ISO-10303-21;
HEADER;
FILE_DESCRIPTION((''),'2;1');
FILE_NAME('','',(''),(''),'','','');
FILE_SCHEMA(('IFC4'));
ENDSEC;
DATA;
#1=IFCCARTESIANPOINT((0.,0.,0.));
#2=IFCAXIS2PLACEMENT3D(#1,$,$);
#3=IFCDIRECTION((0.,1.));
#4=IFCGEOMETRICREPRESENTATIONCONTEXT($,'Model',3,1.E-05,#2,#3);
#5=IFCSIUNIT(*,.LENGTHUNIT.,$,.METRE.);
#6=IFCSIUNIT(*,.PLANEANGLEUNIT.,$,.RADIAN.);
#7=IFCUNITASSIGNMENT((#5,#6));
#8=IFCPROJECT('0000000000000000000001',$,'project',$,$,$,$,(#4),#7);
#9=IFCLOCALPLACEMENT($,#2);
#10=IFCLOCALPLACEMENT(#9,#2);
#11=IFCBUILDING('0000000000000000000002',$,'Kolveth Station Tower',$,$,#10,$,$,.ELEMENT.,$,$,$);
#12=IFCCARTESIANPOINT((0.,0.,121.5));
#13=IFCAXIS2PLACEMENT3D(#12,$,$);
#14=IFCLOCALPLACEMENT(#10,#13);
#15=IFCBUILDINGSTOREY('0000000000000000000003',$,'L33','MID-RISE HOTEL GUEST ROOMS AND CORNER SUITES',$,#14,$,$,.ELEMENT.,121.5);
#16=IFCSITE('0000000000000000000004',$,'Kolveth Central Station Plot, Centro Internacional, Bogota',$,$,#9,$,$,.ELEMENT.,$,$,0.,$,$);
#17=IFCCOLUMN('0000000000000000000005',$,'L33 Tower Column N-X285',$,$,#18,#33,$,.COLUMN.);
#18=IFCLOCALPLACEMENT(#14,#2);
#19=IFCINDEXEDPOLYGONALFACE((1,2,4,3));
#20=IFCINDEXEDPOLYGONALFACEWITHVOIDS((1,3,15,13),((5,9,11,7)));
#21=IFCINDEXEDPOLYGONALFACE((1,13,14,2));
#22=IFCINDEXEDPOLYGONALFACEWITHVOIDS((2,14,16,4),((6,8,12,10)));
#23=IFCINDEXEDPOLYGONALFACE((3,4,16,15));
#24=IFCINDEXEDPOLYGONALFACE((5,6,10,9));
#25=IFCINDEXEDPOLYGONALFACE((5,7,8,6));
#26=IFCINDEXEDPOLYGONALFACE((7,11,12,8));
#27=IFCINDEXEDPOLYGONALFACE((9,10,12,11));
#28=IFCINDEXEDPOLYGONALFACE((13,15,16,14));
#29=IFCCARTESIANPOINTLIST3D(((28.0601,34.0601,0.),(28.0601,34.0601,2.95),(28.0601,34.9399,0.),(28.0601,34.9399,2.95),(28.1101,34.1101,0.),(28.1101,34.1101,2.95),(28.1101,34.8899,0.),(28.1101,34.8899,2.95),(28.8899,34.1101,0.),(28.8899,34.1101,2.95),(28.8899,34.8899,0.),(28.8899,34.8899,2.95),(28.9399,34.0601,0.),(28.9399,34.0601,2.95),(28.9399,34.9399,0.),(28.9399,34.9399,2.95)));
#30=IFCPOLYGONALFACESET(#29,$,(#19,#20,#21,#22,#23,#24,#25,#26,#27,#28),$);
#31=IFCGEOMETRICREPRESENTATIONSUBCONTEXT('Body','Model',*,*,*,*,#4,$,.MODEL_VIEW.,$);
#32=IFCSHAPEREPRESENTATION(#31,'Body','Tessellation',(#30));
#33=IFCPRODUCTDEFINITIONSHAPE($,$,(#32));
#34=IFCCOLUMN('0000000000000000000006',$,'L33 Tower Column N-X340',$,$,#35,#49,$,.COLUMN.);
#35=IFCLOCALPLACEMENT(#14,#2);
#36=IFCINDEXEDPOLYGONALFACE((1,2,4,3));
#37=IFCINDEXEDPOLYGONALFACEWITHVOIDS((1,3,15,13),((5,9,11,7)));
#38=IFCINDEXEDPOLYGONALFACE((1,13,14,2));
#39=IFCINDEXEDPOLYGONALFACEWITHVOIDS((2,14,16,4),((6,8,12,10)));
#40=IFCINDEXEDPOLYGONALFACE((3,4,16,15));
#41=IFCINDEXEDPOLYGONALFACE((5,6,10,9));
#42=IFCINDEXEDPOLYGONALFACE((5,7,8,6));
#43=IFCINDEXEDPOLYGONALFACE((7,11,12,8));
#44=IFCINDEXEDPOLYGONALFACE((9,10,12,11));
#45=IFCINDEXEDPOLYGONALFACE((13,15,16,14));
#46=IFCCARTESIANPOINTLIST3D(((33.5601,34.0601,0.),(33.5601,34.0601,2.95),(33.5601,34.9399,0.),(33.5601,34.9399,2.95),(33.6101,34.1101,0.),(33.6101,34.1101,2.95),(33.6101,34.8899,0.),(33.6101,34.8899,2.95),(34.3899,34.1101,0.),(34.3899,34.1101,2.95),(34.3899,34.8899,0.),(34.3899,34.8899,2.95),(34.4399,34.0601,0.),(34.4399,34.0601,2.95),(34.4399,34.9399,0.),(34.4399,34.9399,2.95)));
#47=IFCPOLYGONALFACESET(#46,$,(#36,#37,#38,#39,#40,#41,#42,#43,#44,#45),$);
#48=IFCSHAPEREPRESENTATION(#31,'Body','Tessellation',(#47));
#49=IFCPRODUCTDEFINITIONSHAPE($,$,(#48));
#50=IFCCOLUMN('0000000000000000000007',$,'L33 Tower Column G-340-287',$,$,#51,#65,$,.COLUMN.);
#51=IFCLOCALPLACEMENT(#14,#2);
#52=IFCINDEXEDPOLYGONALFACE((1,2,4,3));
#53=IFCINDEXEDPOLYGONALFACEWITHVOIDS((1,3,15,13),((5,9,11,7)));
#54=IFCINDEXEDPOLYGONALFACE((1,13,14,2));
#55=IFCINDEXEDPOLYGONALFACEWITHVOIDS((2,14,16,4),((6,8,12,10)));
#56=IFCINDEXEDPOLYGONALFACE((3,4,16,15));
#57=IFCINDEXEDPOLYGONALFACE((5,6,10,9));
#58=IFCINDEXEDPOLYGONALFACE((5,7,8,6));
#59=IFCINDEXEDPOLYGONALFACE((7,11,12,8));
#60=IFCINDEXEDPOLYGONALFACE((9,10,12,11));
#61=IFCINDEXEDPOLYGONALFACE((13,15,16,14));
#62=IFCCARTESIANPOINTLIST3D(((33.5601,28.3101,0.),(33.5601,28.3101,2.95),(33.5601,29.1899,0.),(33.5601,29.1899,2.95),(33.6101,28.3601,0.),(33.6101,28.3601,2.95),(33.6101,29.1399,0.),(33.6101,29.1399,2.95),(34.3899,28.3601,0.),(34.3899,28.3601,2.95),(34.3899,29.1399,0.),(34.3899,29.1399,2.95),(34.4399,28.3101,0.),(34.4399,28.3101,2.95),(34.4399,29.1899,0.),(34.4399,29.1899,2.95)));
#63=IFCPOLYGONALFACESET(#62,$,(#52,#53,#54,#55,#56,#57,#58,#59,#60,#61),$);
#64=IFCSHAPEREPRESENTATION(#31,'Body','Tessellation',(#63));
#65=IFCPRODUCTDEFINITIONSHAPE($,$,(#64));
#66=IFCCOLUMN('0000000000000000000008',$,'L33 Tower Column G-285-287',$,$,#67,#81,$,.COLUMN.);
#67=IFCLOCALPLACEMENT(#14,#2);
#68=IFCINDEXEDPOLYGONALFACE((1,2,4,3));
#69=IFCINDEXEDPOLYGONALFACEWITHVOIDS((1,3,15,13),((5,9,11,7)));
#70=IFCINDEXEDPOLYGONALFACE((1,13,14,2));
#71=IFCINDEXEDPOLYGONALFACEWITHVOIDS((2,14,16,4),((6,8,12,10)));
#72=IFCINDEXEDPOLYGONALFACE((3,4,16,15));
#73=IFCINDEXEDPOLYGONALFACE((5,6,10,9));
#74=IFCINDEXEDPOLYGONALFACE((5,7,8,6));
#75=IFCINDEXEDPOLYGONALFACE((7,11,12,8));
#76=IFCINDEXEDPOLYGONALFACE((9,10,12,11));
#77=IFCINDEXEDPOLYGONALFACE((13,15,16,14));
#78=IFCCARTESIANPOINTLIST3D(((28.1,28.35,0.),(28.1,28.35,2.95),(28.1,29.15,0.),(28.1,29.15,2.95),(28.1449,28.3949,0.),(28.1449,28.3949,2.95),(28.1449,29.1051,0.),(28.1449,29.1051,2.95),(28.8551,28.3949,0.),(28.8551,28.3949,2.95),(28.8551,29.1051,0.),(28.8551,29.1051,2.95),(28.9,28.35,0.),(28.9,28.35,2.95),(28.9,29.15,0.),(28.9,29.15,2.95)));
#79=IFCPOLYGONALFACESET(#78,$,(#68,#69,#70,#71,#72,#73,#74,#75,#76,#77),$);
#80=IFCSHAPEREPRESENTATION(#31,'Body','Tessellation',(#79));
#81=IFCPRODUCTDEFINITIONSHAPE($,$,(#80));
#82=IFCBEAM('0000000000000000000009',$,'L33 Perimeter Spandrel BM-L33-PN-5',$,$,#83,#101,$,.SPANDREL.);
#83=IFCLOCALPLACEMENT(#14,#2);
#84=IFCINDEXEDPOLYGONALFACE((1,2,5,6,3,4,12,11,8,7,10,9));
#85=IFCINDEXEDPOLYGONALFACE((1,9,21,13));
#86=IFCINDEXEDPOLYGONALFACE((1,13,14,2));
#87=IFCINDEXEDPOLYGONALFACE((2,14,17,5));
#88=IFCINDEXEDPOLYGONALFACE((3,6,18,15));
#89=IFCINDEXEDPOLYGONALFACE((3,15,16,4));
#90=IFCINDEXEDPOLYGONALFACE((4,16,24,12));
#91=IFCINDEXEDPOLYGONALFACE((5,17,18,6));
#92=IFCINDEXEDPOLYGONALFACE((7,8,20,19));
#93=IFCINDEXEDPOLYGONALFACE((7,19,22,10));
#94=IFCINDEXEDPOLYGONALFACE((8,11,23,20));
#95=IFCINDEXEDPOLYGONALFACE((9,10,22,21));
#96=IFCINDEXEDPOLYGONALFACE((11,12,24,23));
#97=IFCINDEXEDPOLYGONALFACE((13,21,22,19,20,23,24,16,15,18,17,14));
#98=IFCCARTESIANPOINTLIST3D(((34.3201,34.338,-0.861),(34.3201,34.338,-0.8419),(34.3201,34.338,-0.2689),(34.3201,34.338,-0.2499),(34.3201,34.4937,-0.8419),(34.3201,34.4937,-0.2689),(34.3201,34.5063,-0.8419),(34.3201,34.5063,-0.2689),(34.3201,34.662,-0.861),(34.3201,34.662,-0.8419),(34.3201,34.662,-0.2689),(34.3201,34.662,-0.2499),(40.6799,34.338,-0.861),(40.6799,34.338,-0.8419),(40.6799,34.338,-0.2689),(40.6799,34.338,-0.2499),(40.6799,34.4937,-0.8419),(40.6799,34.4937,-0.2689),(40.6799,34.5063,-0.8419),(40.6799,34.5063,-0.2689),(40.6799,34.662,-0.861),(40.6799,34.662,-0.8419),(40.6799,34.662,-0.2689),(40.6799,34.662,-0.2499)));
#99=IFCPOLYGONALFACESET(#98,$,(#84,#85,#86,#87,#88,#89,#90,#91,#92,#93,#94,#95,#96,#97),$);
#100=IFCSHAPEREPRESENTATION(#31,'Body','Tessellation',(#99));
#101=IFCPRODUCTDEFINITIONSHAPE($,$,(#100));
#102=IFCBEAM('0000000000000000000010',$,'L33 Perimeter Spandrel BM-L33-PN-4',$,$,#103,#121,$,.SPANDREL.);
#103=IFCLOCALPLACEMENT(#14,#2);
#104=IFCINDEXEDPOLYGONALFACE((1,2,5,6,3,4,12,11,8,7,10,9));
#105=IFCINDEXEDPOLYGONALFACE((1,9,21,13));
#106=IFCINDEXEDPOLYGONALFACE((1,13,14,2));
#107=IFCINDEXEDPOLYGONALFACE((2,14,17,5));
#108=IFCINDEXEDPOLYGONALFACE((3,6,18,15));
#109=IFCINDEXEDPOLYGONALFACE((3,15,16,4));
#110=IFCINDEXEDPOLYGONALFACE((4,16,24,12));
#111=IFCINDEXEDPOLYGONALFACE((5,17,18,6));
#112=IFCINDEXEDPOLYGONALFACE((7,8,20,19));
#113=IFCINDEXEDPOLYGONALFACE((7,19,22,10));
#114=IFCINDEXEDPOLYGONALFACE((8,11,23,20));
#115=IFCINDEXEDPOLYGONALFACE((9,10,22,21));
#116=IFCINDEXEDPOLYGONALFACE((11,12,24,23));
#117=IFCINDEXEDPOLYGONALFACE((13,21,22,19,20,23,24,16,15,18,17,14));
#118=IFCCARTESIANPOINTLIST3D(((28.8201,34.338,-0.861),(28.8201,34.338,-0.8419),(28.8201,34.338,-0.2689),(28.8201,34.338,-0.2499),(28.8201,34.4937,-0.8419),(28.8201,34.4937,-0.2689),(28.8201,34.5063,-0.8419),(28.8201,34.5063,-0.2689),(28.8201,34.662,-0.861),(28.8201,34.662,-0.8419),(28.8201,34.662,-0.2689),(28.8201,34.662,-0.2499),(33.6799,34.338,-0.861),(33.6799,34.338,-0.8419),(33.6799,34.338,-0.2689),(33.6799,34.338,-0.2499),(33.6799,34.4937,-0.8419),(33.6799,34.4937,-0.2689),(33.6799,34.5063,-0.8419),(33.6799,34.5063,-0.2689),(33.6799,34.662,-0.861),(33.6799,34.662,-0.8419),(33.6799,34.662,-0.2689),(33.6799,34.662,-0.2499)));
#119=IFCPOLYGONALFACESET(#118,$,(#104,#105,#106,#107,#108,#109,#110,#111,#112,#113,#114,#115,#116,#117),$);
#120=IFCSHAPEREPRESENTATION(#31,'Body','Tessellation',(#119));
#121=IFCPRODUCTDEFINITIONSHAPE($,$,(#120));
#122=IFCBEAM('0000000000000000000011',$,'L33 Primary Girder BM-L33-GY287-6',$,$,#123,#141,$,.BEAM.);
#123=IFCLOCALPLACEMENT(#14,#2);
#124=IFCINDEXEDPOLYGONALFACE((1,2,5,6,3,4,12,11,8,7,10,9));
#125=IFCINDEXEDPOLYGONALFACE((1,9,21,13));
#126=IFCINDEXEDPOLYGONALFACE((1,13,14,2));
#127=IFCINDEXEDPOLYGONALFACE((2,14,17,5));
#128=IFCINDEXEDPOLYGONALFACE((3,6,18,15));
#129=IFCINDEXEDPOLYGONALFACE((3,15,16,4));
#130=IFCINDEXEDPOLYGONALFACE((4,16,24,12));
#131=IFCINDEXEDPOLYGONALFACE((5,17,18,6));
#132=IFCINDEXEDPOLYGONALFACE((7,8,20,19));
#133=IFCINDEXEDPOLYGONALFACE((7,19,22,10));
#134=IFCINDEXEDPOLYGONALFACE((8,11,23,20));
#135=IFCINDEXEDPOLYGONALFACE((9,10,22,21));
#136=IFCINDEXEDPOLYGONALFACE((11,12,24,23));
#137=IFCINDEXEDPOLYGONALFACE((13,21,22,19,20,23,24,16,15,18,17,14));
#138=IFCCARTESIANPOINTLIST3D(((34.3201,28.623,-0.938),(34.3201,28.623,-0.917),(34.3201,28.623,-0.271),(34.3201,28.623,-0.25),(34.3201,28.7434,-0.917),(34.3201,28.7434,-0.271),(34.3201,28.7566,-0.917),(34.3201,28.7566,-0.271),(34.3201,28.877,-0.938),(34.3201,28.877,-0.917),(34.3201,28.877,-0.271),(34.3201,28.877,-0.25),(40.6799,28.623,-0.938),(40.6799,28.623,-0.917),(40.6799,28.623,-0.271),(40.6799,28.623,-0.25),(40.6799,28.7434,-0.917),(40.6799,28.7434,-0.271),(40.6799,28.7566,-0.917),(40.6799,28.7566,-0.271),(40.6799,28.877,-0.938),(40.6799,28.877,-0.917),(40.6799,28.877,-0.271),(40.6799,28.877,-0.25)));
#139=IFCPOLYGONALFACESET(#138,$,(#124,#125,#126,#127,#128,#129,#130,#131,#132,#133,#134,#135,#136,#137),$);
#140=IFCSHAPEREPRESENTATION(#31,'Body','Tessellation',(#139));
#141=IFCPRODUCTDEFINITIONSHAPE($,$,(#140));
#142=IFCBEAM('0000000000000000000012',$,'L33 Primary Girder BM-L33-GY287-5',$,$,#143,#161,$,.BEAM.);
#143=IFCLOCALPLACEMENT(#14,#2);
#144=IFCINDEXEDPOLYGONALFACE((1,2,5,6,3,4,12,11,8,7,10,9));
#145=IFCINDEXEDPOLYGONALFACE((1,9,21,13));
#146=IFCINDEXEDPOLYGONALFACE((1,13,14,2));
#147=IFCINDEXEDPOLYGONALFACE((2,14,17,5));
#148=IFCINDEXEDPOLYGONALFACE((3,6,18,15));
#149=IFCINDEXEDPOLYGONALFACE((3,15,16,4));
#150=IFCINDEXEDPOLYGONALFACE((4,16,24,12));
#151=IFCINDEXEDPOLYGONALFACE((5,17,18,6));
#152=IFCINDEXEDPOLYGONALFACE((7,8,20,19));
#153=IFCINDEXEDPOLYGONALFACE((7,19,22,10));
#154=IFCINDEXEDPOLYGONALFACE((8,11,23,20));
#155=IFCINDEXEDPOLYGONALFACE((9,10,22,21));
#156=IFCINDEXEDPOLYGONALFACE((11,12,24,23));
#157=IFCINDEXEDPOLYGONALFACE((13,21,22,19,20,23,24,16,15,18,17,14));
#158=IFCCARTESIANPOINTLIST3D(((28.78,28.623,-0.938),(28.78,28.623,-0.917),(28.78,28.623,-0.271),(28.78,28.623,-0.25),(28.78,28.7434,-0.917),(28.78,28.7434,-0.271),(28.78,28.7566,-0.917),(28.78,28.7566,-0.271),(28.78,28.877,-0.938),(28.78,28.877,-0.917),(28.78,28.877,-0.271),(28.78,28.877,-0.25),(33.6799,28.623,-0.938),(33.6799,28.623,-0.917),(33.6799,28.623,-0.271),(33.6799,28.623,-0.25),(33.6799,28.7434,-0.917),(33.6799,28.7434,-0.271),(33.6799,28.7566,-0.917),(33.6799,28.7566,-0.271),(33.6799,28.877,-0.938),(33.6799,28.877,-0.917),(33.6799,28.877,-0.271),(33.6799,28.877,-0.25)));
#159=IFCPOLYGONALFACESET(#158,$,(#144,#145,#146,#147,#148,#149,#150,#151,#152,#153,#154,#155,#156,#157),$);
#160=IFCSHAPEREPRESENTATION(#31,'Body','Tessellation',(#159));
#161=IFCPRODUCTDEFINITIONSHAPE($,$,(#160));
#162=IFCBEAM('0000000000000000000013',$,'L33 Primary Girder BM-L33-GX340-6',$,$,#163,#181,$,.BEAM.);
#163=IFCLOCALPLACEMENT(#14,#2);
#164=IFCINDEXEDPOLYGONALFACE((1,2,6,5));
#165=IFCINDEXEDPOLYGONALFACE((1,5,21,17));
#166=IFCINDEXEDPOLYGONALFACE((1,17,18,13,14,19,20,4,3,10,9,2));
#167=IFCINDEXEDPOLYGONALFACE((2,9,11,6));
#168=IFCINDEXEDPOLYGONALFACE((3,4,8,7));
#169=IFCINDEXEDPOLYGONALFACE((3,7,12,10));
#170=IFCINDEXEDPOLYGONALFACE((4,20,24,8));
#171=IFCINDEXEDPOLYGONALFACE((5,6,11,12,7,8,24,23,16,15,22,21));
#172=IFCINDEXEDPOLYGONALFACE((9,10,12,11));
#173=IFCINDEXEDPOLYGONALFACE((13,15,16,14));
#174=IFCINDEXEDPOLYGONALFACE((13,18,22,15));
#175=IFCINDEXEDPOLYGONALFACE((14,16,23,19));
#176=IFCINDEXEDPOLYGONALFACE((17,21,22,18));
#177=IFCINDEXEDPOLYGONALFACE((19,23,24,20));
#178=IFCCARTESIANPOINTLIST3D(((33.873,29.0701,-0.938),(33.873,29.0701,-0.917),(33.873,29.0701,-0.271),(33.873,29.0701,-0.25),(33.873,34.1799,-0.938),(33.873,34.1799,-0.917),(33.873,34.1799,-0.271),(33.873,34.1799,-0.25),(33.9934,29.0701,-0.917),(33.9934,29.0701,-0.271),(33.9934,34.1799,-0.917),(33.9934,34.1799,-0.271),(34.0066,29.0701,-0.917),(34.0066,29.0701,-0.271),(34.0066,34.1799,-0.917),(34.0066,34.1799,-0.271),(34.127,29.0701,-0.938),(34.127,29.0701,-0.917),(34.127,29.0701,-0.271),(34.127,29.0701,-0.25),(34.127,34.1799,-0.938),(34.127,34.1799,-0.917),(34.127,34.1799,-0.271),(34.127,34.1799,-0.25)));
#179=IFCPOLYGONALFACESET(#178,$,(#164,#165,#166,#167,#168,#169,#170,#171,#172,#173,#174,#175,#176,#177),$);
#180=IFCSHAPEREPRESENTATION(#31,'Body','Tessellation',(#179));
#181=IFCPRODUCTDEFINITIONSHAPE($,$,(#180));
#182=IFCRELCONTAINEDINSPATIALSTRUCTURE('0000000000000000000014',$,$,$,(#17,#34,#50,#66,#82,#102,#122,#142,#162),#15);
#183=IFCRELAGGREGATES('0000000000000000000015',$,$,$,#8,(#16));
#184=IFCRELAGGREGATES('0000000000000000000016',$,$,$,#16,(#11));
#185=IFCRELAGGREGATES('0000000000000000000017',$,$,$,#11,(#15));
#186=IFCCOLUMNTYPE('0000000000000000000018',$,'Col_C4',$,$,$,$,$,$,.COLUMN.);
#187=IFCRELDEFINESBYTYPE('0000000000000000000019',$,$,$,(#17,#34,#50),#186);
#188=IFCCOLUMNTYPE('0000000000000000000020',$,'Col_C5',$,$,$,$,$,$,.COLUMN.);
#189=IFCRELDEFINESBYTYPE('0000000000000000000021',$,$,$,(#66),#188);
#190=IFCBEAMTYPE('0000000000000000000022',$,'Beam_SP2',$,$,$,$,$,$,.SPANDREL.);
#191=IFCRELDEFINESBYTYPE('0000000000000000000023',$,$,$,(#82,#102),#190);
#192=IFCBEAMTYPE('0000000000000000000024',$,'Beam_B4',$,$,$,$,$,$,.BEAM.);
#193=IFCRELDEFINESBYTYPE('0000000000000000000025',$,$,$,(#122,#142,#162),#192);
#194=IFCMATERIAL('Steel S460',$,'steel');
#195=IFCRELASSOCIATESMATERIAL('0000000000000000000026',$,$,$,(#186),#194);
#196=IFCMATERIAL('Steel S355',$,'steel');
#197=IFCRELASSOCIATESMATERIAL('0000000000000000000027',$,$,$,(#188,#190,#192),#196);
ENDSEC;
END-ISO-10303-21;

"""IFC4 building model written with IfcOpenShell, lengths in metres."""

from ifc_helpers import new_model, si_unit, direction, frame, origin, origin_2d, place, context, subcontext, project, spatial, hollow_rectangle, i_section, extrude, source, transform, mapped, material, material_profile, profile_set, type_object, element, save


model = new_model("IFC4")

# Units and contexts
model_context = context("Model", 3, precision=1e-05, world=origin(), true_north=direction((0.0, 1.0)))
body_context = subcontext(model_context, "Body", "Model", "MODEL_VIEW")
ifc_project = project(units=[si_unit("LENGTHUNIT", "METRE"), si_unit("PLANEANGLEUNIT", "RADIAN")], contexts=[model_context])

# Site, building, storey
site_placement = place(None, origin())
site = spatial("IfcSite", under=ifc_project, at=site_placement, Name="Kolveth Central Station Plot, Centro Internacional, Bogota", CompositionType="ELEMENT", RefElevation=0.0)
building_placement = place(site_placement, origin())
building = spatial("IfcBuilding", under=site, at=building_placement, Name="Kolveth Station Tower", CompositionType="ELEMENT")
storey_placement = place(building_placement, frame((0.0, 0.0, 121.5)))
storey = spatial("IfcBuildingStorey", under=building, at=storey_placement, Name="L33", Description="MID-RISE HOTEL GUEST ROOMS AND CORNER SUITES", CompositionType="ELEMENT", Elevation=121.5)

# Columns
ifc_material_1 = material(Name="Steel S460", Category="steel")
ifc_material_profile_1 = material_profile(ifc_material_1, hollow_rectangle(XDim=0.8799, YDim=0.8799, WallThickness=0.05, at=origin_2d()), Name="BOX880x880x50")
ifc_profile_set_1 = profile_set([ifc_material_profile_1], Name="Steel S460")
column_type_1 = type_object("IfcColumnType", Name="Col_C4", PredefinedType="COLUMN", material=ifc_profile_set_1)
shared_shape_1 = source(origin(), body_context, "Body", "SweptSolid", [
    extrude(hollow_rectangle(XDim=0.8799, YDim=0.8799, WallThickness=0.05, at=origin_2d()), origin(), (0.0, 0.0, 1.0), 2.95),
])
for number, where, z_axis, x_axis, name in (
    (1, (28.5, 34.5, 0.0), (0.0, 0.0, 1.0), (1.0, 0.0, 0.0), "L33 Tower Column N-X285"),
    (2, (34.0, 34.5, 0.0), (0.0, 0.0, 1.0), (1.0, 0.0, 0.0), "L33 Tower Column N-X340"),
    (3, (34.0, 28.75, 0.0), (0.0, 0.0, 1.0), (1.0, 0.0, 0.0), "L33 Tower Column G-340-287"),
):
    element("IfcColumn", number, at=place(storey_placement, frame(where, z_axis=z_axis, x_axis=x_axis)), inside=storey, type_object=column_type_1, Name=name, PredefinedType="COLUMN", context=body_context, shape_type="MappedRepresentation", body=[
        mapped(shared_shape_1, transform((0.0, 0.0, 0.0), x_axis=(1.0, 0.0, 0.0), y_axis=(0.0, 1.0, 0.0), z_axis=(0.0, 0.0, 1.0), scale=1.0)),
    ])
ifc_material_2 = material(Name="Steel S355", Category="steel")
ifc_material_profile_2 = material_profile(ifc_material_2, hollow_rectangle(XDim=0.8, YDim=0.8, WallThickness=0.0449, at=origin_2d()), Name="BOX800x800x45")
ifc_profile_set_2 = profile_set([ifc_material_profile_2], Name="Steel S355")
column_type_2 = type_object("IfcColumnType", Name="Col_C5", PredefinedType="COLUMN", material=ifc_profile_set_2)
shared_shape_2 = source(origin(), body_context, "Body", "SweptSolid", [
    extrude(hollow_rectangle(XDim=0.8, YDim=0.8, WallThickness=0.0449, at=origin_2d()), origin(), (0.0, 0.0, 1.0), 2.95),
])
column_placement = place(storey_placement, frame((28.5, 28.75, 0.0), z_axis=(0.0, 0.0, 1.0), x_axis=(1.0, 0.0, 0.0)))
element("IfcColumn", 4, at=column_placement, inside=storey, type_object=column_type_2, Name="L33 Tower Column G-285-287", PredefinedType="COLUMN", context=body_context, shape_type="MappedRepresentation", body=[
    mapped(shared_shape_2, transform((0.0, 0.0, 0.0), x_axis=(1.0, 0.0, 0.0), y_axis=(0.0, 1.0, 0.0), z_axis=(0.0, 0.0, 1.0), scale=1.0)),
])

# Beams
ifc_material_profile_3 = material_profile(ifc_material_2, i_section(OverallWidth=0.324, OverallDepth=0.6111, WebThickness=0.0127, FlangeThickness=0.019, at=origin_2d()), Name="W610x155")
ifc_profile_set_3 = profile_set([ifc_material_profile_3], Name="Steel S355")
beam_type_1 = type_object("IfcBeamType", Name="Beam_SP2", PredefinedType="SPANDREL", material=ifc_profile_set_3)
shared_shape_3 = source(origin(), body_context, "Body", "SweptSolid", [
    extrude(i_section(OverallWidth=0.324, OverallDepth=0.6111, WebThickness=0.0127, FlangeThickness=0.019, at=origin_2d()), origin(), (0.0, 0.0, 1.0), 6.3599),
])
beam_1_placement = place(storey_placement, frame((34.3201, 34.5, -0.5554), z_axis=(1.0, 0.0, 0.0), x_axis=(0.0, 1.0, 0.0)))
element("IfcBeam", 5, at=beam_1_placement, inside=storey, type_object=beam_type_1, Name="L33 Perimeter Spandrel BM-L33-PN-5", PredefinedType="SPANDREL", context=body_context, shape_type="MappedRepresentation", body=[
    mapped(shared_shape_3, transform((0.0, 0.0, 0.0), x_axis=(1.0, 0.0, 0.0), y_axis=(0.0, 1.0, 0.0), z_axis=(0.0, 0.0, 1.0), scale=1.0)),
])
shared_shape_4 = source(origin(), body_context, "Body", "SweptSolid", [
    extrude(i_section(OverallWidth=0.324, OverallDepth=0.6111, WebThickness=0.0127, FlangeThickness=0.019, at=origin_2d()), origin(), (0.0, 0.0, 1.0), 4.8599),
])
beam_2_placement = place(storey_placement, frame((28.8201, 34.5, -0.5554), z_axis=(1.0, 0.0, 0.0), x_axis=(0.0, 1.0, 0.0)))
element("IfcBeam", 6, at=beam_2_placement, inside=storey, type_object=beam_type_1, Name="L33 Perimeter Spandrel BM-L33-PN-4", PredefinedType="SPANDREL", context=body_context, shape_type="MappedRepresentation", body=[
    mapped(shared_shape_4, transform((0.0, 0.0, 0.0), x_axis=(1.0, 0.0, 0.0), y_axis=(0.0, 1.0, 0.0), z_axis=(0.0, 0.0, 1.0), scale=1.0)),
])
ifc_material_profile_4 = material_profile(ifc_material_2, i_section(OverallWidth=0.2539, OverallDepth=0.688, WebThickness=0.0132, FlangeThickness=0.021, at=origin_2d()), Name="W690x152")
ifc_profile_set_4 = profile_set([ifc_material_profile_4], Name="Steel S355")
beam_type_2 = type_object("IfcBeamType", Name="Beam_B4", PredefinedType="BEAM", material=ifc_profile_set_4)
shared_shape_5 = source(origin(), body_context, "Body", "SweptSolid", [
    extrude(i_section(OverallWidth=0.2539, OverallDepth=0.688, WebThickness=0.0132, FlangeThickness=0.021, at=origin_2d()), origin(), (0.0, 0.0, 1.0), 6.3599),
])
beam_3_placement = place(storey_placement, frame((34.3201, 28.75, -0.594), z_axis=(1.0, 0.0, 0.0), x_axis=(0.0, 1.0, 0.0)))
element("IfcBeam", 7, at=beam_3_placement, inside=storey, type_object=beam_type_2, Name="L33 Primary Girder BM-L33-GY287-6", PredefinedType="BEAM", context=body_context, shape_type="MappedRepresentation", body=[
    mapped(shared_shape_5, transform((0.0, 0.0, 0.0), x_axis=(1.0, 0.0, 0.0), y_axis=(0.0, 1.0, 0.0), z_axis=(0.0, 0.0, 1.0), scale=1.0)),
])
shared_shape_6 = source(origin(), body_context, "Body", "SweptSolid", [
    extrude(i_section(OverallWidth=0.2539, OverallDepth=0.688, WebThickness=0.0132, FlangeThickness=0.021, at=origin_2d()), origin(), (0.0, 0.0, 1.0), 4.8999),
])
beam_4_placement = place(storey_placement, frame((28.78, 28.75, -0.594), z_axis=(1.0, 0.0, 0.0), x_axis=(0.0, 1.0, 0.0)))
element("IfcBeam", 8, at=beam_4_placement, inside=storey, type_object=beam_type_2, Name="L33 Primary Girder BM-L33-GY287-5", PredefinedType="BEAM", context=body_context, shape_type="MappedRepresentation", body=[
    mapped(shared_shape_6, transform((0.0, 0.0, 0.0), x_axis=(1.0, 0.0, 0.0), y_axis=(0.0, 1.0, 0.0), z_axis=(0.0, 0.0, 1.0), scale=1.0)),
])
shared_shape_7 = source(origin(), body_context, "Body", "SweptSolid", [
    extrude(i_section(OverallWidth=0.2539, OverallDepth=0.688, WebThickness=0.0132, FlangeThickness=0.021, at=origin_2d()), origin(), (0.0, 0.0, 1.0), 5.1099),
])
beam_5_placement = place(storey_placement, frame((34.0, 29.0701, -0.594), z_axis=(0.0, 1.0, 0.0), x_axis=(-1.0, 0.0, 0.0)))
element("IfcBeam", 9, at=beam_5_placement, inside=storey, type_object=beam_type_2, Name="L33 Primary Girder BM-L33-GX340-6", PredefinedType="BEAM", context=body_context, shape_type="MappedRepresentation", body=[
    mapped(shared_shape_7, transform((0.0, 0.0, 0.0), x_axis=(1.0, 0.0, 0.0), y_axis=(0.0, 1.0, 0.0), z_axis=(0.0, 0.0, 1.0), scale=1.0)),
])

save(model, "model.ifc")
